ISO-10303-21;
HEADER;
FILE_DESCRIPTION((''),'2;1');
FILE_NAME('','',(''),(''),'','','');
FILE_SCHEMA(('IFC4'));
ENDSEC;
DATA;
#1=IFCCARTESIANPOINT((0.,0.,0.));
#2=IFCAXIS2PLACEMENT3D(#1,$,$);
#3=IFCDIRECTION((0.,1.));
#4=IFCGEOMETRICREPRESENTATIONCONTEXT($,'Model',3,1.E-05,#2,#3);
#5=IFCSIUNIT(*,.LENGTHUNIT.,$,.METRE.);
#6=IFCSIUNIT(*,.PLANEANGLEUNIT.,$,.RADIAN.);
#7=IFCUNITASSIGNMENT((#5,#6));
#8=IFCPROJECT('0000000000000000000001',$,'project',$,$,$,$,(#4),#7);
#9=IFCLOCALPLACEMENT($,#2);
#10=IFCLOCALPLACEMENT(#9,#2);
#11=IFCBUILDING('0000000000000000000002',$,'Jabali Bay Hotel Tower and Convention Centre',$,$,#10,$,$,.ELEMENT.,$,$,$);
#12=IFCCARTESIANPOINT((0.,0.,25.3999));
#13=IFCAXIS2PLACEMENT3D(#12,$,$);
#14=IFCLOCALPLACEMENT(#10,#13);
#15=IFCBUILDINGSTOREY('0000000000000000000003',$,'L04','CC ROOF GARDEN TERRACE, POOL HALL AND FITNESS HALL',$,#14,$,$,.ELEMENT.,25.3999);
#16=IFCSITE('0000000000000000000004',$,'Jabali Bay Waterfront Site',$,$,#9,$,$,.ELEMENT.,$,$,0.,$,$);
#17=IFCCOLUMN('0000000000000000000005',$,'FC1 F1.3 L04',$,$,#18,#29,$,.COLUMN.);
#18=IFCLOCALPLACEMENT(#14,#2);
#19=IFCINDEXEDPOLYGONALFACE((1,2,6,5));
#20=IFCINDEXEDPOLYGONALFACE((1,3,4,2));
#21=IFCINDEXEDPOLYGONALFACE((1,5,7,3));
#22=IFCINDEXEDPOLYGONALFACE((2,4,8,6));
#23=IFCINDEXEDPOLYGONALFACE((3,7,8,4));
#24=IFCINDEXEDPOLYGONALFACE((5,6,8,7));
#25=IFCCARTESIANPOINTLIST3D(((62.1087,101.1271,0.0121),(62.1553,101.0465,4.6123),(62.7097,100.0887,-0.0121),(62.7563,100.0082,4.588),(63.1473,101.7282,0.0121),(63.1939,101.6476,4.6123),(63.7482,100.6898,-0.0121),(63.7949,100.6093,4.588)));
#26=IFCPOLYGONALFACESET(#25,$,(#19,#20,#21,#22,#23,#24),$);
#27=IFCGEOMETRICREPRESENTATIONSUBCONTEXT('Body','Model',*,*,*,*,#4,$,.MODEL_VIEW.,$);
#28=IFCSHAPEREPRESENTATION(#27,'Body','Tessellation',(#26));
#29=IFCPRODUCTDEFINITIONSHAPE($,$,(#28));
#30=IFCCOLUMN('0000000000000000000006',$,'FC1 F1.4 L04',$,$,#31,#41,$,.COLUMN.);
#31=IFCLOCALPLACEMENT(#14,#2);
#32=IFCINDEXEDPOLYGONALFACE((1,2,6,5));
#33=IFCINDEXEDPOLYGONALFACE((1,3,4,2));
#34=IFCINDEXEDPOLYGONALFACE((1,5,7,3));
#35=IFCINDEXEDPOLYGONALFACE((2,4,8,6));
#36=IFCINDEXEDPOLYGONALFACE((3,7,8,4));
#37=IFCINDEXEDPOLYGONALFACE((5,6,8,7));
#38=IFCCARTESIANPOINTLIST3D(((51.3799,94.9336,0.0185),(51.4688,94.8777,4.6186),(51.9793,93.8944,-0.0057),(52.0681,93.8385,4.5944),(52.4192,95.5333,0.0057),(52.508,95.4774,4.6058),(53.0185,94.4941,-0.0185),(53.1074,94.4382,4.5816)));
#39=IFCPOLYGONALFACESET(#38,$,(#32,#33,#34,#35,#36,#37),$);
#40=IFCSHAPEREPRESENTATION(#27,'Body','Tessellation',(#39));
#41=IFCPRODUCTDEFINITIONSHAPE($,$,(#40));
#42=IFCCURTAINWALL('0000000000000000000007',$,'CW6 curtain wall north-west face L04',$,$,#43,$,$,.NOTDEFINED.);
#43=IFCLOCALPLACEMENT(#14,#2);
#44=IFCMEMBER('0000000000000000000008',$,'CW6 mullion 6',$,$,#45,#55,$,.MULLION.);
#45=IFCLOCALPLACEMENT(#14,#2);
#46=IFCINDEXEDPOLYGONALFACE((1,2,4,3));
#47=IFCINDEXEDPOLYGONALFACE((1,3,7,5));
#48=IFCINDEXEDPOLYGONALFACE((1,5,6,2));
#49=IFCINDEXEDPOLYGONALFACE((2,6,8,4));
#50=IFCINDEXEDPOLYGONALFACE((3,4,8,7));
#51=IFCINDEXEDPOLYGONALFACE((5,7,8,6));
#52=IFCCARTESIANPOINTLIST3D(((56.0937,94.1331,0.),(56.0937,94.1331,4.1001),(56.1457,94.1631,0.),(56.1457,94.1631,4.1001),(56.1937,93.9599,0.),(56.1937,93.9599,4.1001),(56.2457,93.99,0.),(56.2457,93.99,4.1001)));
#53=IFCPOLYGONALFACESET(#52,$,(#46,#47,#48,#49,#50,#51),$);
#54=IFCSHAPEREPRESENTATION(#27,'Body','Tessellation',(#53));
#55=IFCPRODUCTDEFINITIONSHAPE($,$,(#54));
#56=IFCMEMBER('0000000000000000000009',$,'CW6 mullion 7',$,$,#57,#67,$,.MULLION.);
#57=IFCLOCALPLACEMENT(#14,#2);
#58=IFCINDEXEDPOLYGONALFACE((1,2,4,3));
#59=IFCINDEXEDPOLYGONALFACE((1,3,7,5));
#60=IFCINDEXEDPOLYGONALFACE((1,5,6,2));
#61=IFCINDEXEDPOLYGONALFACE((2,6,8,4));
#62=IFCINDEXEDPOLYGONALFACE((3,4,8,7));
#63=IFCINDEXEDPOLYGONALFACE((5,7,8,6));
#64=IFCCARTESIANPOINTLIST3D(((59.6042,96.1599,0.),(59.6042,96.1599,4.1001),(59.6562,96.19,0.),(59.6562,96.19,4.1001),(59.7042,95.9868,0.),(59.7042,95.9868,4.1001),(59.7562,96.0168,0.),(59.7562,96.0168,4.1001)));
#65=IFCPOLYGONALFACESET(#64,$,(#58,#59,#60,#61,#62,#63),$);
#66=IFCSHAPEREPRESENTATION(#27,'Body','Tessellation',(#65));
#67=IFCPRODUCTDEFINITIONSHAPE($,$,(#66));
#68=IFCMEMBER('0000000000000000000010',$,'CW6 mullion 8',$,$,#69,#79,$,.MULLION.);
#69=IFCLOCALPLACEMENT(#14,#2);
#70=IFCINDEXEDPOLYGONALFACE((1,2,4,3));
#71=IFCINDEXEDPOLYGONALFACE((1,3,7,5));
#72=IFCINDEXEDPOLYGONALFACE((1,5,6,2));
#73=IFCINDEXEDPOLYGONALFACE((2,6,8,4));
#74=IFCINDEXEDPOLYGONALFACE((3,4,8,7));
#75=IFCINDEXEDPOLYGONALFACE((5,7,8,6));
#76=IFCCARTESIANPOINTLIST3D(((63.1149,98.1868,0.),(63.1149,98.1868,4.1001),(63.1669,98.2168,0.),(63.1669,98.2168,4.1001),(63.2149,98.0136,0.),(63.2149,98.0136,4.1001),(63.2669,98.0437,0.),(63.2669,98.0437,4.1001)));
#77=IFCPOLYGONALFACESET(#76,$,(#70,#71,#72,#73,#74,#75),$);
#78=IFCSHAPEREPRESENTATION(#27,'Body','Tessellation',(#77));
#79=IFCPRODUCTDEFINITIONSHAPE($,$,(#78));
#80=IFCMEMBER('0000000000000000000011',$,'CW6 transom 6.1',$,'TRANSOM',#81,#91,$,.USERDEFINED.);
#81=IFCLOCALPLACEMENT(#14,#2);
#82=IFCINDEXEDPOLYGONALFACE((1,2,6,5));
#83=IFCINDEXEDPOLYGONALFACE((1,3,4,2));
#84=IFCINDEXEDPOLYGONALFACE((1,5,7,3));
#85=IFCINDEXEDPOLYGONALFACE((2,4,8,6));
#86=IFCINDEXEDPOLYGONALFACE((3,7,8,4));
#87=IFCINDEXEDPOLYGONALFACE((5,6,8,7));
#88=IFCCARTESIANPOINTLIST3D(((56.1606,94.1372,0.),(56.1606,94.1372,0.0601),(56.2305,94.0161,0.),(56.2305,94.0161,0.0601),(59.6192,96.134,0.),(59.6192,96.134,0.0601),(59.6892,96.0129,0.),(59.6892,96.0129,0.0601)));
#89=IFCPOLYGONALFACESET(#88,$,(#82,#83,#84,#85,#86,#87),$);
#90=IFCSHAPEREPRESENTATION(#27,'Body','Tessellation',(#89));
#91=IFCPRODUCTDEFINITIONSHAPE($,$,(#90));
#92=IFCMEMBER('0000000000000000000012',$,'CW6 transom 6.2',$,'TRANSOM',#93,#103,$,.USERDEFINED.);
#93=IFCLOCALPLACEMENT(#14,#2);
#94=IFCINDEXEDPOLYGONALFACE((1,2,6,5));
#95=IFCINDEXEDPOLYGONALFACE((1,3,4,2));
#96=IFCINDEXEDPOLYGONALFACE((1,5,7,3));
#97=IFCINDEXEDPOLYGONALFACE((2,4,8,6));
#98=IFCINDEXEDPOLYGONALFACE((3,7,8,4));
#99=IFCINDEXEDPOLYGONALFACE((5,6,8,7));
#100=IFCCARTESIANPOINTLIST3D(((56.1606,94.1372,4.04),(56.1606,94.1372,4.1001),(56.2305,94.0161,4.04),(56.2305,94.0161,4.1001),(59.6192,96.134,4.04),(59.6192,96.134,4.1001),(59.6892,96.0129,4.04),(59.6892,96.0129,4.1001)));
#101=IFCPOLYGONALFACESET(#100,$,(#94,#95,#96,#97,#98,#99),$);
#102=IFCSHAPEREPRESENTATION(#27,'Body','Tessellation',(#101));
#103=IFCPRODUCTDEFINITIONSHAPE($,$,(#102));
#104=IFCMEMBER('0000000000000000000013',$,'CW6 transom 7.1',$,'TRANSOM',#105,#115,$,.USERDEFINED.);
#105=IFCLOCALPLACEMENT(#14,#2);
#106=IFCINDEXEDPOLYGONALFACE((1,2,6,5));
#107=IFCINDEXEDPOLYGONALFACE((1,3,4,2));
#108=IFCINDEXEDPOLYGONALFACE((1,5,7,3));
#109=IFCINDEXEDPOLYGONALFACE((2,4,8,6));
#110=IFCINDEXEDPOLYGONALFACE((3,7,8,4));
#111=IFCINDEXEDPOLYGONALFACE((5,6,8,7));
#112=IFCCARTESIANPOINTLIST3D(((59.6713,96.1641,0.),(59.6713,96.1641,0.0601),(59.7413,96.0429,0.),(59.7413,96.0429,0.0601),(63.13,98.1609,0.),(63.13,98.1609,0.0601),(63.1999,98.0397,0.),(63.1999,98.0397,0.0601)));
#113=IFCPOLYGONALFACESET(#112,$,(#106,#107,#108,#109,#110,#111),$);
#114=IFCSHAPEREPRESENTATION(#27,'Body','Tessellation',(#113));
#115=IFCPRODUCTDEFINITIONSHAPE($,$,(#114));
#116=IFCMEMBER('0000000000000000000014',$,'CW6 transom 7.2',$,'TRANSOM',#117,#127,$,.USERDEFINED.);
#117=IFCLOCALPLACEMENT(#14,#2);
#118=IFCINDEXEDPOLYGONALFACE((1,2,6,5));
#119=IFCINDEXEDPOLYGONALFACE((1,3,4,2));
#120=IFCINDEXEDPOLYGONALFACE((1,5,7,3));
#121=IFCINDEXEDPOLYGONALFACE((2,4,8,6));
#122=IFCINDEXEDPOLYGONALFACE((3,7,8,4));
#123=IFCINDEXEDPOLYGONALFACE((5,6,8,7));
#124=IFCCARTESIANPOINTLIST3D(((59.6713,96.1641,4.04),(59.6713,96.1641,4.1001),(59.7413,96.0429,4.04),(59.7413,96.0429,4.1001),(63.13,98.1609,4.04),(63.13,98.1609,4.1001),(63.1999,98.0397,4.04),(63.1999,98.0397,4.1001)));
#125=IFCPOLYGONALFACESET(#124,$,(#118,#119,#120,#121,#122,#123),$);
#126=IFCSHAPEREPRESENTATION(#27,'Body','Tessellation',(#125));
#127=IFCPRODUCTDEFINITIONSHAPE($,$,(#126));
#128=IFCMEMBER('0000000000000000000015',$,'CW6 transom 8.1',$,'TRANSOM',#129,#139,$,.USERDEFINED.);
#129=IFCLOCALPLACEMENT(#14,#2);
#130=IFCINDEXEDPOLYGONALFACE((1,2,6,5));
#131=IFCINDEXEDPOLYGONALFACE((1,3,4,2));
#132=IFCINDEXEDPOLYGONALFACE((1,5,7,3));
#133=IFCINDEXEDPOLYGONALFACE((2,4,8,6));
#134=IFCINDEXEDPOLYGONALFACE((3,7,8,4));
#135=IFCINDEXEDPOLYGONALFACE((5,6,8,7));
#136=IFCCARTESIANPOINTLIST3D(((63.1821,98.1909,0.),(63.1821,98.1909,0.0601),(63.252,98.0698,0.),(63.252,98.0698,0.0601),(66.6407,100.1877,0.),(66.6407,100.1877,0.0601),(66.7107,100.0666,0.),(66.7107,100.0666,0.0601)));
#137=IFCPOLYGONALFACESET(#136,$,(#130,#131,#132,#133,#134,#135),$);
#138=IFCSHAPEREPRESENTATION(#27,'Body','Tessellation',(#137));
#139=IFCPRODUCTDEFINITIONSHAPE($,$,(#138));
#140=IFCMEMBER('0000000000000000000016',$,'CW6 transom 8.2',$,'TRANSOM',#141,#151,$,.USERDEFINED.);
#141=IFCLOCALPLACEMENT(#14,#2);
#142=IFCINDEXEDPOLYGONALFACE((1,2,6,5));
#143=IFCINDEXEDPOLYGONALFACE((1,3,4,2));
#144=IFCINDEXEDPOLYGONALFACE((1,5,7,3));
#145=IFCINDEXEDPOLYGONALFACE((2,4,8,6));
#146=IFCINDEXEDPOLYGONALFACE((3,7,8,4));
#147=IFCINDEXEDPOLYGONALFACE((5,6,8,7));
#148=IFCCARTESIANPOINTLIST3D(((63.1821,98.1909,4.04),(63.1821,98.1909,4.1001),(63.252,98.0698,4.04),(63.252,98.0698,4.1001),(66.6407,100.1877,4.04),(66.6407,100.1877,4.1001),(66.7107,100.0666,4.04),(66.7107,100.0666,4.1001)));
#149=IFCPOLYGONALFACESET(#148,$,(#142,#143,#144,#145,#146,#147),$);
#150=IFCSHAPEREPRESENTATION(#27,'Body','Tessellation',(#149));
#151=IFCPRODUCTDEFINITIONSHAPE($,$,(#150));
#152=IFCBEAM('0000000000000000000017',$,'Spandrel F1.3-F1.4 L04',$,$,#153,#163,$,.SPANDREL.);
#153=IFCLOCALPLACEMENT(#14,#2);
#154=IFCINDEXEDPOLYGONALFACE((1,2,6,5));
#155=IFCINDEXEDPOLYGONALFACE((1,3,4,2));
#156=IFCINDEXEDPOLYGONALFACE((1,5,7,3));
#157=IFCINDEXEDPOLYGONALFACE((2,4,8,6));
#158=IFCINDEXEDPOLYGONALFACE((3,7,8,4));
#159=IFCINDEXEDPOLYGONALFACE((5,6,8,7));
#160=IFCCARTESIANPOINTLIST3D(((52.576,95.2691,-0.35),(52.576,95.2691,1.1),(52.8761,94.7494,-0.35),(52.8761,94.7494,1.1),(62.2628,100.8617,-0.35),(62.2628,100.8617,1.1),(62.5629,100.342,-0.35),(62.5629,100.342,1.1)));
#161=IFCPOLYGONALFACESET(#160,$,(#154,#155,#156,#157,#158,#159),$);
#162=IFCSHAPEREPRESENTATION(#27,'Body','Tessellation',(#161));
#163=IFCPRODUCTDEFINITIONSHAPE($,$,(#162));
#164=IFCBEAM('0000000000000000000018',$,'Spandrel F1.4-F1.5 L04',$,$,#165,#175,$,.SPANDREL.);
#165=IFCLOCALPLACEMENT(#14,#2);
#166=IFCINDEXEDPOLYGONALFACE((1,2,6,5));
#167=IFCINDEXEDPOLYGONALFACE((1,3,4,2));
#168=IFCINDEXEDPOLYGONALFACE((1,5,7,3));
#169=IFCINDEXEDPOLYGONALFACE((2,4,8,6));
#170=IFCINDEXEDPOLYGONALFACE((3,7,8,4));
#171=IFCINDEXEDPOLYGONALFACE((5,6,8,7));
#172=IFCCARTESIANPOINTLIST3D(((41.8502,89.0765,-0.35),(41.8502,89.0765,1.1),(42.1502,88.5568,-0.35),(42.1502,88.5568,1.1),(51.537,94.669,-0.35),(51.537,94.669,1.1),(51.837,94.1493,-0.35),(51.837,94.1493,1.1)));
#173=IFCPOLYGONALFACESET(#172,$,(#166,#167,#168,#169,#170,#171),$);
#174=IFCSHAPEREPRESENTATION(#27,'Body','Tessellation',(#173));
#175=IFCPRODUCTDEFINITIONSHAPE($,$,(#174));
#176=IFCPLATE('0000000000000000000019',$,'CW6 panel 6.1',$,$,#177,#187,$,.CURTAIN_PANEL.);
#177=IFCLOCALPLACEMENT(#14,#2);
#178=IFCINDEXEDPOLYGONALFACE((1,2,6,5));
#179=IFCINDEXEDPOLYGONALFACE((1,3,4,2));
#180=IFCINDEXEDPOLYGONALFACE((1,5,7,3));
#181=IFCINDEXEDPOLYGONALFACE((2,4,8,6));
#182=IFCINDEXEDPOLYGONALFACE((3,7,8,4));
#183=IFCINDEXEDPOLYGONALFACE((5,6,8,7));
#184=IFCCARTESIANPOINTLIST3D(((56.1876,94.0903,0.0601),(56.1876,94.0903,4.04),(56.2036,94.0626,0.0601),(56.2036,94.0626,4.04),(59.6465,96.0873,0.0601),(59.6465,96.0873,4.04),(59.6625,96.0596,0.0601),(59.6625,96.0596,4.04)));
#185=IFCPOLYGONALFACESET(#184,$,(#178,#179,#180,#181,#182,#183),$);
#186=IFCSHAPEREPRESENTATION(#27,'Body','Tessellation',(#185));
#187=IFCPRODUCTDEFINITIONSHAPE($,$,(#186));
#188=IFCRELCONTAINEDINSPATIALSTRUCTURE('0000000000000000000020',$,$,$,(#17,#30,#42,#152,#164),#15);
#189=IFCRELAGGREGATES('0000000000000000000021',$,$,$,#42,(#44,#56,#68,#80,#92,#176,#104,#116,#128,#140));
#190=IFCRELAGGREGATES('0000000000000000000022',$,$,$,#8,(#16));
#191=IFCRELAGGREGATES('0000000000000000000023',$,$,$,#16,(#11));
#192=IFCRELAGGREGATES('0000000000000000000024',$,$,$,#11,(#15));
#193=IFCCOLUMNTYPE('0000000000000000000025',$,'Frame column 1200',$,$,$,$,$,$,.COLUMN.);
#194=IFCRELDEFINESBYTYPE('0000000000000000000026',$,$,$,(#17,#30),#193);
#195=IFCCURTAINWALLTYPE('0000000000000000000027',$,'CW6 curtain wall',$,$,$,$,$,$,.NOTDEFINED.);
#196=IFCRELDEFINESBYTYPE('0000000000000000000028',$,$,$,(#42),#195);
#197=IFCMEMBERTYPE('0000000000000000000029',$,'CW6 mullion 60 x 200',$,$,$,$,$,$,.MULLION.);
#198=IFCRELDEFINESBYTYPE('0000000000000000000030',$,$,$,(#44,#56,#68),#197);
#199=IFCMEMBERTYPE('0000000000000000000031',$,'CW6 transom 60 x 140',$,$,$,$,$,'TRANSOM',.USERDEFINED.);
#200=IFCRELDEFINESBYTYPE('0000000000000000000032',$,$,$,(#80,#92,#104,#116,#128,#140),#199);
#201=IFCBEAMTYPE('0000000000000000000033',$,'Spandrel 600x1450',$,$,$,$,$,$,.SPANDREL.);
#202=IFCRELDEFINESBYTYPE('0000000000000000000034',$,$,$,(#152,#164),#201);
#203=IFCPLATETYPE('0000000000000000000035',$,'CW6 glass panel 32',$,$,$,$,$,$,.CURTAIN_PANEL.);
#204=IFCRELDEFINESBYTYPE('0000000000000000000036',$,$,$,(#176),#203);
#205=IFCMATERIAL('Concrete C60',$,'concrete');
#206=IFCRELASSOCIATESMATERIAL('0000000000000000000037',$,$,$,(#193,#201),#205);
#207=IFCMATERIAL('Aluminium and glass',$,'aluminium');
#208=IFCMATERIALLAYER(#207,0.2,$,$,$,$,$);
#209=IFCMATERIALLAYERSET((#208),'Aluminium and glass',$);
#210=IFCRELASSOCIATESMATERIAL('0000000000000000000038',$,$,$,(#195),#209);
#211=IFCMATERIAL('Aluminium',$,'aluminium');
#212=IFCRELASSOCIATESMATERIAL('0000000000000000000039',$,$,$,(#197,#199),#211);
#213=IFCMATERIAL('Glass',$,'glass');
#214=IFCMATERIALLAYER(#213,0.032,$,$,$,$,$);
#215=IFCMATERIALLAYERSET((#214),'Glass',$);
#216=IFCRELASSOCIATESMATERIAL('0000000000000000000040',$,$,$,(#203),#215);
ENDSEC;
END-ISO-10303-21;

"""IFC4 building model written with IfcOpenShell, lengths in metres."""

from ifc_helpers import new_model, si_unit, direction, frame, origin, origin_2d, place, context, subcontext, project, spatial, rectangle, extrude, material, layer, layer_set, material_profile, profile_set, type_object, element, aggregate, save


model = new_model("IFC4")

# Units and contexts
model_context = context("Model", 3, precision=1e-05, world=origin(), true_north=direction((0.0, 1.0)))
body_context = subcontext(model_context, "Body", "Model", "MODEL_VIEW")
ifc_project = project(units=[si_unit("LENGTHUNIT", "METRE"), si_unit("PLANEANGLEUNIT", "RADIAN")], contexts=[model_context])

# Site, building, storey
site_placement = place(None, origin())
site = spatial("IfcSite", under=ifc_project, at=site_placement, Name="Jabali Bay Waterfront Site", CompositionType="ELEMENT", RefElevation=0.0)
building_placement = place(site_placement, origin())
building = spatial("IfcBuilding", under=site, at=building_placement, Name="Jabali Bay Hotel Tower and Convention Centre", CompositionType="ELEMENT")
storey_placement = place(building_placement, frame((0.0, 0.0, 25.3999)))
storey = spatial("IfcBuildingStorey", under=building, at=storey_placement, Name="L04", Description="CC ROOF GARDEN TERRACE, POOL HALL AND FITNESS HALL", CompositionType="ELEMENT", Elevation=25.3999)

# Columns
ifc_material_1 = material(Name="Concrete C60", Category="concrete")
ifc_material_profile_1 = material_profile(ifc_material_1, rectangle(XDim=1.2, YDim=1.2, at=origin_2d()), Name="Frame column 1200")
ifc_profile_set_1 = profile_set([ifc_material_profile_1], Name="Concrete C60")
column_type = type_object("IfcColumnType", Name="Frame column 1200", PredefinedType="COLUMN", material=ifc_profile_set_1)
column_1_placement = place(storey_placement, frame((62.9285, 100.9084, 0.0), z_axis=(0.010135, -0.01751, 0.999795), x_axis=(-0.500827, 0.865311, 0.020232)))
element("IfcColumn", 1, at=column_1_placement, inside=storey, type_object=column_type, Name="FC1 F1.3 L04", PredefinedType="COLUMN", context=body_context, shape_type="SweptSolid", body=[
    extrude(rectangle(XDim=1.2, YDim=1.2, at=origin_2d()), origin(), (0.0, 0.0, 1.0), 4.6011),
])
column_2_placement = place(storey_placement, frame((52.1992, 94.7139, 0.0), z_axis=(0.019314, -0.012151, 0.99974), x_axis=(-0.499502, 0.866078, 0.020176)))
element("IfcColumn", 2, at=column_2_placement, inside=storey, type_object=column_type, Name="FC1 F1.4 L04", PredefinedType="COLUMN", context=body_context, shape_type="SweptSolid", body=[
    extrude(rectangle(XDim=1.2, YDim=1.2, at=origin_2d()), origin(), (0.0, 0.0, 1.0), 4.6013),
])

# Curtain wall, members
ifc_material_2 = material(Name="Aluminium and glass", Category="aluminium")
ifc_layer_1 = layer(ifc_material_2, 0.2)
ifc_layer_set_1 = layer_set([ifc_layer_1], Name="Aluminium and glass")
curtain_wall_type = type_object("IfcCurtainWallType", Name="CW6 curtain wall", PredefinedType="NOTDEFINED", material=ifc_layer_set_1)
curtain_wall_placement = place(storey_placement, origin())
curtain_wall = element("IfcCurtainWall", 3, at=curtain_wall_placement, inside=storey, type_object=curtain_wall_type, Name="CW6 curtain wall north-west face L04", PredefinedType="NOTDEFINED")
ifc_material_3 = material(Name="Aluminium", Category="aluminium")
ifc_material_profile_2 = material_profile(ifc_material_3, rectangle(XDim=0.2, YDim=0.0601, at=origin_2d()), Name="CW6 mullion 60 x 200")
ifc_profile_set_2 = profile_set([ifc_material_profile_2], Name="Aluminium")
member_type_1 = type_object("IfcMemberType", Name="CW6 mullion 60 x 200", PredefinedType="MULLION", material=ifc_profile_set_2)
member_1_placement = place(storey_placement, frame((56.1697, 94.0615, 0.0), z_axis=(0.0, 0.0, 1.0), x_axis=(-0.5, 0.866025, 0.0)))
member_1 = element("IfcMember", 4, at=member_1_placement, type_object=member_type_1, Name="CW6 mullion 6", PredefinedType="MULLION", context=body_context, shape_type="SweptSolid", body=[
    extrude(rectangle(XDim=0.2, YDim=0.0601, at=origin_2d()), origin(), (0.0, 0.0, 1.0), 4.1001),
])
member_2_placement = place(storey_placement, frame((59.6802, 96.0884, 0.0), z_axis=(0.0, 0.0, 1.0), x_axis=(-0.5, 0.866025, 0.0)))
member_2 = element("IfcMember", 5, at=member_2_placement, type_object=member_type_1, Name="CW6 mullion 7", PredefinedType="MULLION", context=body_context, shape_type="SweptSolid", body=[
    extrude(rectangle(XDim=0.2, YDim=0.0601, at=origin_2d()), origin(), (0.0, 0.0, 1.0), 4.1001),
])
member_3_placement = place(storey_placement, frame((63.1909, 98.1152, 0.0), z_axis=(0.0, 0.0, 1.0), x_axis=(-0.5, 0.866025, 0.0)))
member_3 = element("IfcMember", 6, at=member_3_placement, type_object=member_type_1, Name="CW6 mullion 8", PredefinedType="MULLION", context=body_context, shape_type="SweptSolid", body=[
    extrude(rectangle(XDim=0.2, YDim=0.0601, at=origin_2d()), origin(), (0.0, 0.0, 1.0), 4.1001),
])
ifc_material_profile_3 = material_profile(ifc_material_3, rectangle(XDim=0.1399, YDim=0.0601, at=origin_2d()), Name="CW6 transom 60 x 140")
ifc_profile_set_3 = profile_set([ifc_material_profile_3], Name="Aluminium")
member_type_2 = type_object("IfcMemberType", Name="CW6 transom 60 x 140", ElementType="TRANSOM", PredefinedType="USERDEFINED", material=ifc_profile_set_3)
member_4_placement = place(storey_placement, frame((56.1956, 94.0767, 0.03), z_axis=(0.866034, 0.499985, 0.0), x_axis=(-0.499985, 0.866034, 0.0)))
member_4 = element("IfcMember", 7, at=member_4_placement, type_object=member_type_2, Name="CW6 transom 6.1", ObjectType="TRANSOM", PredefinedType="USERDEFINED", context=body_context, shape_type="SweptSolid", body=[
    extrude(rectangle(XDim=0.1399, YDim=0.0601, at=origin_2d()), origin(), (0.0, 0.0, 1.0), 3.9937),
])
member_5_placement = place(storey_placement, frame((56.1956, 94.0767, 4.0701), z_axis=(0.866034, 0.499985, 0.0), x_axis=(-0.499985, 0.866034, 0.0)))
member_5 = element("IfcMember", 8, at=member_5_placement, type_object=member_type_2, Name="CW6 transom 6.2", ObjectType="TRANSOM", PredefinedType="USERDEFINED", context=body_context, shape_type="SweptSolid", body=[
    extrude(rectangle(XDim=0.1399, YDim=0.0601, at=origin_2d()), origin(), (0.0, 0.0, 1.0), 3.9937),
])
member_6_placement = place(storey_placement, frame((59.7063, 96.1035, 0.03), z_axis=(0.866034, 0.499985, 0.0), x_axis=(-0.499985, 0.866034, 0.0)))
member_6 = element("IfcMember", 9, at=member_6_placement, type_object=member_type_2, Name="CW6 transom 7.1", ObjectType="TRANSOM", PredefinedType="USERDEFINED", context=body_context, shape_type="SweptSolid", body=[
    extrude(rectangle(XDim=0.1399, YDim=0.0601, at=origin_2d()), origin(), (0.0, 0.0, 1.0), 3.9937),
])
member_7_placement = place(storey_placement, frame((59.7063, 96.1035, 4.0701), z_axis=(0.866034, 0.499985, 0.0), x_axis=(-0.499985, 0.866034, 0.0)))
member_7 = element("IfcMember", 10, at=member_7_placement, type_object=member_type_2, Name="CW6 transom 7.2", ObjectType="TRANSOM", PredefinedType="USERDEFINED", context=body_context, shape_type="SweptSolid", body=[
    extrude(rectangle(XDim=0.1399, YDim=0.0601, at=origin_2d()), origin(), (0.0, 0.0, 1.0), 3.9937),
])
member_8_placement = place(storey_placement, frame((63.217, 98.1304, 0.03), z_axis=(0.866034, 0.499985, 0.0), x_axis=(-0.499985, 0.866034, 0.0)))
member_8 = element("IfcMember", 11, at=member_8_placement, type_object=member_type_2, Name="CW6 transom 8.1", ObjectType="TRANSOM", PredefinedType="USERDEFINED", context=body_context, shape_type="SweptSolid", body=[
    extrude(rectangle(XDim=0.1399, YDim=0.0601, at=origin_2d()), origin(), (0.0, 0.0, 1.0), 3.9937),
])
member_9_placement = place(storey_placement, frame((63.217, 98.1304, 4.0701), z_axis=(0.866034, 0.499985, 0.0), x_axis=(-0.499985, 0.866034, 0.0)))
member_9 = element("IfcMember", 12, at=member_9_placement, type_object=member_type_2, Name="CW6 transom 8.2", ObjectType="TRANSOM", PredefinedType="USERDEFINED", context=body_context, shape_type="SweptSolid", body=[
    extrude(rectangle(XDim=0.1399, YDim=0.0601, at=origin_2d()), origin(), (0.0, 0.0, 1.0), 3.9937),
])

# Beams
ifc_material_profile_4 = material_profile(ifc_material_1, rectangle(XDim=0.6001, YDim=1.45, at=origin_2d()), Name="Spandrel 600x1450")
ifc_profile_set_4 = profile_set([ifc_material_profile_4], Name="Concrete C60")
beam_type = type_object("IfcBeamType", Name="Spandrel 600x1450", PredefinedType="SPANDREL", material=ifc_profile_set_4)
for number, where, z_axis, x_axis, name in (
    (13, (62.4128, 100.6018, 0.375), (-0.86603, -0.499991, 0.0), (0.499991, -0.86603, 0.0), "Spandrel F1.3-F1.4 L04"),
    (14, (51.687, 94.4092, 0.375), (-0.86603, -0.499991, 0.0), (0.499991, -0.86603, 0.0), "Spandrel F1.4-F1.5 L04"),
):
    element("IfcBeam", number, at=place(storey_placement, frame(where, z_axis=z_axis, x_axis=x_axis)), inside=storey, type_object=beam_type, Name=name, PredefinedType="SPANDREL", context=body_context, shape_type="SweptSolid", body=[
        extrude(rectangle(XDim=0.6001, YDim=1.45, at=origin_2d()), origin(), (0.0, 0.0, 1.0), 11.1853),
    ])

# Plate
ifc_material_4 = material(Name="Glass", Category="glass")
ifc_layer_2 = layer(ifc_material_4, 0.032)
ifc_layer_set_2 = layer_set([ifc_layer_2], Name="Glass")
plate_type = type_object("IfcPlateType", Name="CW6 glass panel 32", PredefinedType="CURTAIN_PANEL", material=ifc_layer_set_2)
plate_1_placement = place(storey_placement, frame((57.925, 95.075, 0.0601), z_axis=(0.0, 0.0, 1.0), x_axis=(0.866025, 0.5, 0.0)))
plate_1 = element("IfcPlate", 15, at=plate_1_placement, type_object=plate_type, Name="CW6 panel 6.1", PredefinedType="CURTAIN_PANEL", context=body_context, shape_type="SweptSolid", body=[
    extrude(rectangle(XDim=3.9939, YDim=0.032, at=origin_2d()), origin(), (0.0, 0.0, 1.0), 3.98),
])
aggregate(curtain_wall, [member_1, member_2, member_3, member_4, member_5, plate_1, member_6, member_7, member_8, member_9])

save(model, "model.ifc")
